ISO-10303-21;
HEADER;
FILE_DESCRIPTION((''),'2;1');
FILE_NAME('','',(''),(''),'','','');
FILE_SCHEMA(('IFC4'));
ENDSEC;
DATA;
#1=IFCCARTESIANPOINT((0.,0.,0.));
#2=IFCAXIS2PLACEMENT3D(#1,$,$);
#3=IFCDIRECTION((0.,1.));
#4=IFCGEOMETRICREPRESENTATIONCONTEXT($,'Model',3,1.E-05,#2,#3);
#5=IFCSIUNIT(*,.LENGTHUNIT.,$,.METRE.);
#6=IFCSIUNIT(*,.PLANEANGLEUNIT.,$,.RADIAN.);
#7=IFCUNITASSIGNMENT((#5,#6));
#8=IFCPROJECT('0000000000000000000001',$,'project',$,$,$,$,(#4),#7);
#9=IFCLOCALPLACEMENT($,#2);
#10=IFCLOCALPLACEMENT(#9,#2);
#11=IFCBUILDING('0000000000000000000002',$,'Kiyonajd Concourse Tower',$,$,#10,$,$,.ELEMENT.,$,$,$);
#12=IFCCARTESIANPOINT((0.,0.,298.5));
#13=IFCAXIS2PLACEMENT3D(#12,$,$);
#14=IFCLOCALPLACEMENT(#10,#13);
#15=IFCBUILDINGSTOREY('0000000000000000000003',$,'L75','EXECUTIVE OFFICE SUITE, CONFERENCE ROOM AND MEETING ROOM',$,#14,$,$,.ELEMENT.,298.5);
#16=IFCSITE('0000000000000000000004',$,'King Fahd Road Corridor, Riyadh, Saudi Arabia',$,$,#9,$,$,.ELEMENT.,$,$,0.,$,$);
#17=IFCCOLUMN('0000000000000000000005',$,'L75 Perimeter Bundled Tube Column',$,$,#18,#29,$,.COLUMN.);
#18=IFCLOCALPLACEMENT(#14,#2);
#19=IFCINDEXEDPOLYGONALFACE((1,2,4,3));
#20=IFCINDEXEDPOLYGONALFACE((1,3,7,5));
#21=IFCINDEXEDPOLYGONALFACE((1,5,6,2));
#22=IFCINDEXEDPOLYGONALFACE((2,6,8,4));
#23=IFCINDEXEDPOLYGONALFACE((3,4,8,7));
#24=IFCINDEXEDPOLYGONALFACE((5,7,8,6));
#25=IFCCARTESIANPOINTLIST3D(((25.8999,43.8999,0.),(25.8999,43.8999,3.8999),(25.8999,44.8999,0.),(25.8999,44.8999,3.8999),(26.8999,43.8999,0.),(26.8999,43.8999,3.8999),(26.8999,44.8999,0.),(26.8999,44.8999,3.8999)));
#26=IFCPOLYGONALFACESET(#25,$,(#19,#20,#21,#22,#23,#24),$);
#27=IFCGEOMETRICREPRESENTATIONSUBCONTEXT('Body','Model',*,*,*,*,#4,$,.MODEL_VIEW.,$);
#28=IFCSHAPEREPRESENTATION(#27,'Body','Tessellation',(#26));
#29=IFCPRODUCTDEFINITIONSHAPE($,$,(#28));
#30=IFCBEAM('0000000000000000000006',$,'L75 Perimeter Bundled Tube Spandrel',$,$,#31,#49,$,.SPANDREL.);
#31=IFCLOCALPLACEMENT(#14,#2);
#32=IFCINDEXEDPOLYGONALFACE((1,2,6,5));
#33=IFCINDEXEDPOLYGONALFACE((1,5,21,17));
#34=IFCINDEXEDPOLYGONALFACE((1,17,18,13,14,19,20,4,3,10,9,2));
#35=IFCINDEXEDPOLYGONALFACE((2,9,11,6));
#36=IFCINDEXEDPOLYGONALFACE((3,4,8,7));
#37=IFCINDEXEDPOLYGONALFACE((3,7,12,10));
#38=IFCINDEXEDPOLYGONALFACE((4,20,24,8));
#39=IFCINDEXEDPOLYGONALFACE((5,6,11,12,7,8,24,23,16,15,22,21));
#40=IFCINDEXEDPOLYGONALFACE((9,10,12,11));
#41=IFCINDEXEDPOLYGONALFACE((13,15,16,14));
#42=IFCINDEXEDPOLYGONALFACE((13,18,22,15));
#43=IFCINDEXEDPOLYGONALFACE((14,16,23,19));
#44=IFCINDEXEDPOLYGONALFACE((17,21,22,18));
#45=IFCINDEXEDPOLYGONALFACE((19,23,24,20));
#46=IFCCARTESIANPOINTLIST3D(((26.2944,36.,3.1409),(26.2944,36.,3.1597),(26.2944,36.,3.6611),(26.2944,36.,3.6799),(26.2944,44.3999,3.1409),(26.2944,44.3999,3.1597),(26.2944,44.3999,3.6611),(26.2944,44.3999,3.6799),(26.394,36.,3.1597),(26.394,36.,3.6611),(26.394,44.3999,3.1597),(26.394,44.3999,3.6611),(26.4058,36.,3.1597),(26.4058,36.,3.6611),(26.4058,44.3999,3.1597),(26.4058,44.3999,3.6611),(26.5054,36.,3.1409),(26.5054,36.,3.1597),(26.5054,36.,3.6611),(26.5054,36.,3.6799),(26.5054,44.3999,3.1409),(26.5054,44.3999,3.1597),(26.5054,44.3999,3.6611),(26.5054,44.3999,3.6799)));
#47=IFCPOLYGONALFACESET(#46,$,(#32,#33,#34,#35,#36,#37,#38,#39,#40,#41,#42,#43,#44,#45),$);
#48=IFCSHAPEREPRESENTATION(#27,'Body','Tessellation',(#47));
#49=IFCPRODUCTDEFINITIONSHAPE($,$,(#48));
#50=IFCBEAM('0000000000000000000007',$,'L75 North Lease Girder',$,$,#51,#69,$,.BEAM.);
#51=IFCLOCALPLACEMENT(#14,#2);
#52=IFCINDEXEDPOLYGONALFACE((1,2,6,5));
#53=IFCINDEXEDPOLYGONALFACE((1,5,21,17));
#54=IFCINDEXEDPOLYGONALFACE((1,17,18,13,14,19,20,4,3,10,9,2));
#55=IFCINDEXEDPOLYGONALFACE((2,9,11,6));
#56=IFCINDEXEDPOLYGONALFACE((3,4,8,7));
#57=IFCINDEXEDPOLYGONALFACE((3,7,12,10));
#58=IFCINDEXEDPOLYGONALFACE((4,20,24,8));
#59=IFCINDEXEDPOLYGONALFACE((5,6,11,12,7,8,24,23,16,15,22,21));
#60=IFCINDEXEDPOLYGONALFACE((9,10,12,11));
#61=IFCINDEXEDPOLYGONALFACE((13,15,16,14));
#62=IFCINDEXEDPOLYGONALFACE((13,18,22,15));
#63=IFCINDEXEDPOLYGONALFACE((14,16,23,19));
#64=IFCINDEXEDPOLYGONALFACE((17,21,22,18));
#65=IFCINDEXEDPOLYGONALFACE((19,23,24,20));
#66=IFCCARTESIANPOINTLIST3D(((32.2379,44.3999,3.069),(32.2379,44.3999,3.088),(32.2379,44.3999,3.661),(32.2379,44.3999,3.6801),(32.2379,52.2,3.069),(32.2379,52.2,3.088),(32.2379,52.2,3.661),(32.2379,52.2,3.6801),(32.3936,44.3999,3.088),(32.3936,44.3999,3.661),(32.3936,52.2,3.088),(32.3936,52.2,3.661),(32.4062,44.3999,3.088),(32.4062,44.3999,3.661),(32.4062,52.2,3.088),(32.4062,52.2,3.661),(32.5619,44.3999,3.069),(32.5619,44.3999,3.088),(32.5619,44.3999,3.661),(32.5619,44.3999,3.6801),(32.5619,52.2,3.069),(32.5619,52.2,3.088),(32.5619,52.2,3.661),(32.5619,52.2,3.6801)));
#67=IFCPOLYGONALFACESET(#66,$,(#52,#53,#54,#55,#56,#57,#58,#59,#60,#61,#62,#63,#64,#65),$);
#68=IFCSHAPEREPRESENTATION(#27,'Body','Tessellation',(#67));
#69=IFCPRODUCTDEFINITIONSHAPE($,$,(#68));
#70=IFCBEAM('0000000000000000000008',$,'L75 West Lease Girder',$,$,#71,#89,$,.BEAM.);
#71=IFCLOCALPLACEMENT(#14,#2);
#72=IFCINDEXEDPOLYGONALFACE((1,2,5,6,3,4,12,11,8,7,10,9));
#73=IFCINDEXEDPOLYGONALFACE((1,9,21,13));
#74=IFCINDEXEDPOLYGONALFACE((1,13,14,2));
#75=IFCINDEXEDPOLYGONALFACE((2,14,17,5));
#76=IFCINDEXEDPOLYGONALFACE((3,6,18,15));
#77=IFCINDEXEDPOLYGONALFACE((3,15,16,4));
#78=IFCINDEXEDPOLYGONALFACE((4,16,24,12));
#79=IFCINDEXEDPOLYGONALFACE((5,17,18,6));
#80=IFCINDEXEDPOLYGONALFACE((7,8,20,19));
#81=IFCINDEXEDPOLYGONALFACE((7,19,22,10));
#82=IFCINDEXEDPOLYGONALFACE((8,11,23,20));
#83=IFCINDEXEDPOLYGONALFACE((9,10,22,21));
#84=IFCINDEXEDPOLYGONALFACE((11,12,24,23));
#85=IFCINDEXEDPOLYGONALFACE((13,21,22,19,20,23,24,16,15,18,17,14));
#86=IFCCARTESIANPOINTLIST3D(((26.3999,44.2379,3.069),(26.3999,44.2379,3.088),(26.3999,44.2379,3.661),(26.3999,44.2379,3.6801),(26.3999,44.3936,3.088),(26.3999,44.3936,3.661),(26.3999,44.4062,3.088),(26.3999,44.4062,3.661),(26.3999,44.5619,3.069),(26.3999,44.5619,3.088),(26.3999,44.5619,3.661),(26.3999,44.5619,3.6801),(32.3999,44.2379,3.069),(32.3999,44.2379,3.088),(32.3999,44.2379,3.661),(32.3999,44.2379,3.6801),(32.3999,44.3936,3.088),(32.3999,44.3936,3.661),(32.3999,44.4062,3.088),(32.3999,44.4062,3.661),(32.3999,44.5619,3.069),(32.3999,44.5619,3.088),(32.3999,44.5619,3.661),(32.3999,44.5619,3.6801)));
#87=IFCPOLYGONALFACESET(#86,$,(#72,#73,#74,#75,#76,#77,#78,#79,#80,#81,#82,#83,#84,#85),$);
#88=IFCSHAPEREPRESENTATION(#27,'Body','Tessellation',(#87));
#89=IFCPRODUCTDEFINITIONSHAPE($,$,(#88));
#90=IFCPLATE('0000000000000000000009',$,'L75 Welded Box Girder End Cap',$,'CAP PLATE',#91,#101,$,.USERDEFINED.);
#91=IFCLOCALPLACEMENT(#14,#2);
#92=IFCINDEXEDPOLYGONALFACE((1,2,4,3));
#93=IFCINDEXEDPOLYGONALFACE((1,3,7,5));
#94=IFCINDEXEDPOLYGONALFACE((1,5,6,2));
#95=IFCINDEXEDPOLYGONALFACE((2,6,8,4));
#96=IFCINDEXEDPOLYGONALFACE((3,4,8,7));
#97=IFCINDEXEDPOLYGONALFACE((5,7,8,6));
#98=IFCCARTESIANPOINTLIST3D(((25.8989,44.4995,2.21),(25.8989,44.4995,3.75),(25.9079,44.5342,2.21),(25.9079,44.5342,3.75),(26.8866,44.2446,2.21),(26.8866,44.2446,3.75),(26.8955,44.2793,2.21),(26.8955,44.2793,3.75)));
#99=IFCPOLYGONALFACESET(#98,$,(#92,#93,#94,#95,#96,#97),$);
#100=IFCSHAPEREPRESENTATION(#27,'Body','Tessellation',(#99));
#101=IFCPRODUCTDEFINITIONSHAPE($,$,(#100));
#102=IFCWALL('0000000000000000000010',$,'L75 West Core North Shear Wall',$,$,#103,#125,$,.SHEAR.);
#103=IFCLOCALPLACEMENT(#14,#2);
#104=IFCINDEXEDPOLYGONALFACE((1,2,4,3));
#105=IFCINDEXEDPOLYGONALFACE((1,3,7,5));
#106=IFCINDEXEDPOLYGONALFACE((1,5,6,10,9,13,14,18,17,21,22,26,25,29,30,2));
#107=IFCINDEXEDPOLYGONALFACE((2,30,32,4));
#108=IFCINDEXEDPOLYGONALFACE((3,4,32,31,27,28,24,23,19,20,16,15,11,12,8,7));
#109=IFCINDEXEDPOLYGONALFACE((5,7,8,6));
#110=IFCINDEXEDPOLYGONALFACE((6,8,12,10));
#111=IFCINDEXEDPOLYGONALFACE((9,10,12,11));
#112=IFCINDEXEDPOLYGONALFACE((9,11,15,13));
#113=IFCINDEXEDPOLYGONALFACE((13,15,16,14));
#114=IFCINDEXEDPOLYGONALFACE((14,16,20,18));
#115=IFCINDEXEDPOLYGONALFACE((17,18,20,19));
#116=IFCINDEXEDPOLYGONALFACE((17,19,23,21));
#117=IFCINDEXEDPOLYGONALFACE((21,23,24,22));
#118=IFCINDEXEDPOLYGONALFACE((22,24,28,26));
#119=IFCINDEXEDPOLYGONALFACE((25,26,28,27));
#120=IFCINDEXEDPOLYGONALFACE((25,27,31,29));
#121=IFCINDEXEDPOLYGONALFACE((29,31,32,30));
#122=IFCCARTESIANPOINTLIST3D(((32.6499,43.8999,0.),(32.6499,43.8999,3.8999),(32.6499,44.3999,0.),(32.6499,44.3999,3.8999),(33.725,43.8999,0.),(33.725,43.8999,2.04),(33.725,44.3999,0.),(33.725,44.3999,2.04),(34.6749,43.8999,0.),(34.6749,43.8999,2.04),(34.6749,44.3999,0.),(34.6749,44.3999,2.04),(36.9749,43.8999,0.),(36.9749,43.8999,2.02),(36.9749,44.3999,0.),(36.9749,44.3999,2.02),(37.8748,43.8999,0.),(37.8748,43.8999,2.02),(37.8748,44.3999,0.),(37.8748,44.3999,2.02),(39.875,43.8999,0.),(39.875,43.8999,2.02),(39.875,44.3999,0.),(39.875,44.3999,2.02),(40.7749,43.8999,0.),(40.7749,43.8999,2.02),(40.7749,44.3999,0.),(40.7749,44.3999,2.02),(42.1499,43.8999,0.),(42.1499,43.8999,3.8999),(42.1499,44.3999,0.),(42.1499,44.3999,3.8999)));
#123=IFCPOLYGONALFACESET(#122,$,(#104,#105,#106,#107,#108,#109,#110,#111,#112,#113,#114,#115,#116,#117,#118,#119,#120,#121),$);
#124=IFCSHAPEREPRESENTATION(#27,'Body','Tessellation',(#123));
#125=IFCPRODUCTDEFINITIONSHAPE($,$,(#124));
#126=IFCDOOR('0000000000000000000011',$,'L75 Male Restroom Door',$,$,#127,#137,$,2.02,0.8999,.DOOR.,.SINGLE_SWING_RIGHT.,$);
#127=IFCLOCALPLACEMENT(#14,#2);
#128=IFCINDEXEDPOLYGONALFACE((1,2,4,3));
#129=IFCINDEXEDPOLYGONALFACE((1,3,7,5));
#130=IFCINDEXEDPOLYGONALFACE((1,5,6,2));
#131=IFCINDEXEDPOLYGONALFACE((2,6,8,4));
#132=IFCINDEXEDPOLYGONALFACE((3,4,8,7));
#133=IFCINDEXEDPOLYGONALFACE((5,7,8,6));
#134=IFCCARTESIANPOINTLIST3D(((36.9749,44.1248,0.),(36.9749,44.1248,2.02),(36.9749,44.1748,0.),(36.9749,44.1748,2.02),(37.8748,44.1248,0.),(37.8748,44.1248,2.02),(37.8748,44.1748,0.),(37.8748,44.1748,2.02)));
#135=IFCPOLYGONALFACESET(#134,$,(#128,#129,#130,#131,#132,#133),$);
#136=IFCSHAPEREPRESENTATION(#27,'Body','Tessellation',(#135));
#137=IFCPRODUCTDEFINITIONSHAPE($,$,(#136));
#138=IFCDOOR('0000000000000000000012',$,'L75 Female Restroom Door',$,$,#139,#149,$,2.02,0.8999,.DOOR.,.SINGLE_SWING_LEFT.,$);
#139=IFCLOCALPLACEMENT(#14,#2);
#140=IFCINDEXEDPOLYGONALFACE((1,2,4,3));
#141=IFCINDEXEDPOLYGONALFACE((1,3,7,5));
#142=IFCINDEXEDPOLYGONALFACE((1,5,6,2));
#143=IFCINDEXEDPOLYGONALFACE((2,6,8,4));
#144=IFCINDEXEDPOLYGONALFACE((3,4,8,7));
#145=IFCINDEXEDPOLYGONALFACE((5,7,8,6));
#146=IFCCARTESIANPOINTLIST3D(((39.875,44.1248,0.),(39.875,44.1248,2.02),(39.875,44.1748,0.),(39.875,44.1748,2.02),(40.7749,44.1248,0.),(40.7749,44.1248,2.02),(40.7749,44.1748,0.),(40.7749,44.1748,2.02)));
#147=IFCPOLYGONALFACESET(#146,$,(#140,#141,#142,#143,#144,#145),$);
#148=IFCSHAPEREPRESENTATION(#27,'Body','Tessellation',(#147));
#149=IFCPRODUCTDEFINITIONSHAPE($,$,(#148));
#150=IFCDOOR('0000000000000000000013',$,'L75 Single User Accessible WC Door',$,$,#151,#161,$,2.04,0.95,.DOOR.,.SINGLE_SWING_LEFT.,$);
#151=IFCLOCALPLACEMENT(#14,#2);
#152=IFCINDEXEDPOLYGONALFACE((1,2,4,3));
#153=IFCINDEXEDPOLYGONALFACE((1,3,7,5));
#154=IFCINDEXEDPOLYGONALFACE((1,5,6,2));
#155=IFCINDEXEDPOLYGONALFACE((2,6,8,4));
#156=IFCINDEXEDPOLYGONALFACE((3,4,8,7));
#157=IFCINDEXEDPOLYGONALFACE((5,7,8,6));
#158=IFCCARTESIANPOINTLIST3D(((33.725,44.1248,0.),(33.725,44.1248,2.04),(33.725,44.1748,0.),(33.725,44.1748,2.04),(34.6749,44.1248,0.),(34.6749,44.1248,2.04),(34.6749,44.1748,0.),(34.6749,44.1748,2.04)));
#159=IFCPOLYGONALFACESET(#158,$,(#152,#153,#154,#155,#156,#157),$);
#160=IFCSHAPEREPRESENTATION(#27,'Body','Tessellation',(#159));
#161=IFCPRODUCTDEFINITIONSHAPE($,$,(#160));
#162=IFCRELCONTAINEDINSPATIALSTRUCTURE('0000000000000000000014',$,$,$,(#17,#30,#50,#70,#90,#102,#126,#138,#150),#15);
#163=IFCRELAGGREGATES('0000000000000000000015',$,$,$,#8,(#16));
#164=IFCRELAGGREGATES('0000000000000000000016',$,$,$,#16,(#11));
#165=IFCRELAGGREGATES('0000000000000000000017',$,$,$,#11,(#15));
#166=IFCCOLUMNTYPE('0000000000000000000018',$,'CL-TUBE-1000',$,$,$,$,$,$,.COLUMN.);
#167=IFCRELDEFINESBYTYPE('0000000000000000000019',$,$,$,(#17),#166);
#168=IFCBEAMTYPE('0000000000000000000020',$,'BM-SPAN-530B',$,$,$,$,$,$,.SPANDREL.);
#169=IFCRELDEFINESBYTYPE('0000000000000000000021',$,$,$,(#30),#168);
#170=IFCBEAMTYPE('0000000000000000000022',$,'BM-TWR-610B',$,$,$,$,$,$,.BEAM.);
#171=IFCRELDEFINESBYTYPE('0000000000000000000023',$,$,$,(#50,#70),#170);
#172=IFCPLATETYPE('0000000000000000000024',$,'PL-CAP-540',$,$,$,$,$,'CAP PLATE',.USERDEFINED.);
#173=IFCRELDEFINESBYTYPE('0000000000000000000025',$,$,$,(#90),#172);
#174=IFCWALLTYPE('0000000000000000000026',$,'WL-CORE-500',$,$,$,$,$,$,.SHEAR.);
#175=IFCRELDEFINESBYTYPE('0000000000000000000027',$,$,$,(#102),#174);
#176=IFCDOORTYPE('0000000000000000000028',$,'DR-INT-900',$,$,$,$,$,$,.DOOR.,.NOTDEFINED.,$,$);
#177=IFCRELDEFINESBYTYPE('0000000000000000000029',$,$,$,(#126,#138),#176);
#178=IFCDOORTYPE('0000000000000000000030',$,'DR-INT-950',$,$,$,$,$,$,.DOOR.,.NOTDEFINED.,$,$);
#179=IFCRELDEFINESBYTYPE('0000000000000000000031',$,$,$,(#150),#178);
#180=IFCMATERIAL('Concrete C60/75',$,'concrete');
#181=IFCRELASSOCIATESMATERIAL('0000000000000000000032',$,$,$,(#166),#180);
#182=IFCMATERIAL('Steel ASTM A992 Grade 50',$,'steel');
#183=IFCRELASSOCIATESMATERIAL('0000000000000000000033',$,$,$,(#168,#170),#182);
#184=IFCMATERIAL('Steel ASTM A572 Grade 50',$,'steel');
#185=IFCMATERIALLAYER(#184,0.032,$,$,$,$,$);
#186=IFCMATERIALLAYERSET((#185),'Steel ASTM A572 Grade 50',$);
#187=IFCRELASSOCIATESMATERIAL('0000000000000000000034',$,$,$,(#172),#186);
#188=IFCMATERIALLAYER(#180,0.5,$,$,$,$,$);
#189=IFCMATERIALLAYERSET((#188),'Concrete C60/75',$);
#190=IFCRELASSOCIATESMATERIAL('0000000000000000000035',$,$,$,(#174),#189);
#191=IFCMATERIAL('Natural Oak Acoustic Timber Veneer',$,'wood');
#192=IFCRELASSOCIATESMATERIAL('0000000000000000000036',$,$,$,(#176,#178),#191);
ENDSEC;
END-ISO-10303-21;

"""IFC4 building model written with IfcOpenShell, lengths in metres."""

from ifc_helpers import new_model, si_unit, direction, frame, frame_2d, origin, origin_2d, place, context, subcontext, project, spatial, rectangle, i_section, extrude, material, layer, layer_set, material_profile, profile_set, type_object, element, fill, save


model = new_model("IFC4")

# Units and contexts
model_context = context("Model", 3, precision=1e-05, world=origin(), true_north=direction((0.0, 1.0)))
body_context = subcontext(model_context, "Body", "Model", "MODEL_VIEW")
ifc_project = project(units=[si_unit("LENGTHUNIT", "METRE"), si_unit("PLANEANGLEUNIT", "RADIAN")], contexts=[model_context])

# Site, building, storey
site_placement = place(None, origin())
site = spatial("IfcSite", under=ifc_project, at=site_placement, Name="King Fahd Road Corridor, Riyadh, Saudi Arabia", CompositionType="ELEMENT", RefElevation=0.0)
building_placement = place(site_placement, origin())
building = spatial("IfcBuilding", under=site, at=building_placement, Name="Kiyonajd Concourse Tower", CompositionType="ELEMENT")
storey_placement = place(building_placement, frame((0.0, 0.0, 298.5)))
storey = spatial("IfcBuildingStorey", under=building, at=storey_placement, Name="L75", Description="EXECUTIVE OFFICE SUITE, CONFERENCE ROOM AND MEETING ROOM", CompositionType="ELEMENT", Elevation=298.5)

# Column
ifc_material_1 = material(Name="Concrete C60/75", Category="concrete")
ifc_material_profile_1 = material_profile(ifc_material_1, rectangle(XDim=1.0, YDim=1.0, at=origin_2d()), Name="RC-1000x1000")
ifc_profile_set_1 = profile_set([ifc_material_profile_1], Name="Concrete C60/75")
column_type = type_object("IfcColumnType", Name="CL-TUBE-1000", PredefinedType="COLUMN", material=ifc_profile_set_1)
column_placement = place(storey_placement, frame((26.3999, 44.3999, 0.0), z_axis=(0.0, 0.0, 1.0), x_axis=(1.0, 0.0, 0.0)))
element("IfcColumn", 1, at=column_placement, inside=storey, type_object=column_type, Name="L75 Perimeter Bundled Tube Column", PredefinedType="COLUMN", context=body_context, shape_type="SweptSolid", body=[
    extrude(rectangle(XDim=1.0, YDim=1.0, at=origin_2d()), origin(), (0.0, 0.0, 1.0), 3.8999),
])

# Beams
ifc_material_2 = material(Name="Steel ASTM A992 Grade 50", Category="steel")
ifc_material_profile_2 = material_profile(ifc_material_2, i_section(OverallWidth=0.2109, OverallDepth=0.5391, WebThickness=0.0117, FlangeThickness=0.0188, at=origin_2d()), Name="W530X109")
ifc_profile_set_2 = profile_set([ifc_material_profile_2], Name="Steel ASTM A992 Grade 50")
beam_type_1 = type_object("IfcBeamType", Name="BM-SPAN-530B", PredefinedType="SPANDREL", material=ifc_profile_set_2)
beam_1_placement = place(storey_placement, frame((26.3999, 44.3999, 3.4104), z_axis=(0.0, -1.0, 0.0), x_axis=(1.0, 0.0, 0.0)))
element("IfcBeam", 2, at=beam_1_placement, inside=storey, type_object=beam_type_1, Name="L75 Perimeter Bundled Tube Spandrel", PredefinedType="SPANDREL", context=body_context, shape_type="SweptSolid", body=[
    extrude(i_section(OverallWidth=0.2109, OverallDepth=0.5391, WebThickness=0.0117, FlangeThickness=0.0188, at=origin_2d()), origin(), (0.0, 0.0, 1.0), 8.3999),
])
ifc_material_profile_3 = material_profile(ifc_material_2, i_section(OverallWidth=0.324, OverallDepth=0.6111, WebThickness=0.0127, FlangeThickness=0.019, at=origin_2d()), Name="W610X155")
ifc_profile_set_3 = profile_set([ifc_material_profile_3], Name="Steel ASTM A992 Grade 50")
beam_type_2 = type_object("IfcBeamType", Name="BM-TWR-610B", PredefinedType="BEAM", material=ifc_profile_set_3)
beam_2_placement = place(storey_placement, frame((32.3999, 44.3999, 3.3745), z_axis=(0.0, 1.0, 0.0), x_axis=(-1.0, 0.0, 0.0)))
element("IfcBeam", 3, at=beam_2_placement, inside=storey, type_object=beam_type_2, Name="L75 North Lease Girder", PredefinedType="BEAM", context=body_context, shape_type="SweptSolid", body=[
    extrude(i_section(OverallWidth=0.324, OverallDepth=0.6111, WebThickness=0.0127, FlangeThickness=0.019, at=origin_2d()), origin(), (0.0, 0.0, 1.0), 7.8),
])
beam_3_placement = place(storey_placement, frame((26.3999, 44.3999, 3.3745), z_axis=(1.0, 0.0, 0.0), x_axis=(0.0, 1.0, 0.0)))
element("IfcBeam", 4, at=beam_3_placement, inside=storey, type_object=beam_type_2, Name="L75 West Lease Girder", PredefinedType="BEAM", context=body_context, shape_type="SweptSolid", body=[
    extrude(i_section(OverallWidth=0.324, OverallDepth=0.6111, WebThickness=0.0127, FlangeThickness=0.019, at=origin_2d()), origin(), (0.0, 0.0, 1.0), 6.0),
])

# Plate
ifc_material_3 = material(Name="Steel ASTM A572 Grade 50", Category="steel")
ifc_layer_1 = layer(ifc_material_3, 0.032)
ifc_layer_set_1 = layer_set([ifc_layer_1], Name="Steel ASTM A572 Grade 50")
plate_type = type_object("IfcPlateType", Name="PL-CAP-540", ElementType="CAP PLATE", PredefinedType="USERDEFINED", material=ifc_layer_set_1)
plate_placement = place(storey_placement, frame((26.3972, 44.3894, 2.21), z_axis=(0.0, 0.0, 1.0), x_axis=(-0.249873, -0.968279, 0.0)))
element("IfcPlate", 5, at=plate_placement, inside=storey, type_object=plate_type, Name="L75 Welded Box Girder End Cap", ObjectType="CAP PLATE", PredefinedType="USERDEFINED", context=body_context, shape_type="SweptSolid", body=[
    extrude(rectangle(XDim=0.0359, YDim=1.02, at=origin_2d()), origin(), (0.0, 0.0, 1.0), 1.54),
])

# Wall, openings, doors
ifc_layer_2 = layer(ifc_material_1, 0.5)
ifc_layer_set_2 = layer_set([ifc_layer_2], Name="Concrete C60/75")
wall_type_1 = type_object("IfcWallType", Name="WL-CORE-500", PredefinedType="SHEAR", material=ifc_layer_set_2)
wall_1_placement = place(storey_placement, frame((32.6499, 44.1499, 0.0), z_axis=(0.0, 0.0, 1.0), x_axis=(1.0, 0.0, 0.0)))
wall_1 = element("IfcWall", 6, at=wall_1_placement, inside=storey, type_object=wall_type_1, Name="L75 West Core North Shear Wall", PredefinedType="SHEAR", context=body_context, shape_type="SweptSolid", body=[
    extrude(rectangle(XDim=9.5, YDim=0.5, at=frame_2d((4.75, 0.0))), origin(), (0.0, 0.0, 1.0), 3.8999),
])
opening_1_placement = place(wall_1_placement, frame((1.075, 0.0, 0.0)))
opening_1 = element("IfcOpeningElement", 7, at=opening_1_placement, cuts=wall_1, PredefinedType="OPENING", context=body_context, shape_type="SweptSolid", body=[
    extrude(rectangle(XDim=0.95, YDim=2.04, at=frame_2d((0.4751, 1.02))), frame((0.0, 0.26, 0.0), z_axis=(0.0, -1.0, 0.0), x_axis=(1.0, 0.0, 0.0)), (0.0, 0.0, 1.0), 0.52),
])
opening_2_placement = place(wall_1_placement, frame((4.325, 0.0, 0.0)))
opening_2 = element("IfcOpeningElement", 8, at=opening_2_placement, cuts=wall_1, PredefinedType="OPENING", context=body_context, shape_type="SweptSolid", body=[
    extrude(rectangle(XDim=0.8999, YDim=2.02, at=frame_2d((0.45, 1.01))), frame((0.0, 0.26, 0.0), z_axis=(0.0, -1.0, 0.0), x_axis=(1.0, 0.0, 0.0)), (0.0, 0.0, 1.0), 0.52),
])
opening_3_placement = place(wall_1_placement, frame((7.2251, 0.0, 0.0)))
opening_3 = element("IfcOpeningElement", 9, at=opening_3_placement, cuts=wall_1, PredefinedType="OPENING", context=body_context, shape_type="SweptSolid", body=[
    extrude(rectangle(XDim=0.8999, YDim=2.02, at=frame_2d((0.45, 1.01))), frame((0.0, 0.26, 0.0), z_axis=(0.0, -1.0, 0.0), x_axis=(1.0, 0.0, 0.0)), (0.0, 0.0, 1.0), 0.52),
])
ifc_material_4 = material(Name="Natural Oak Acoustic Timber Veneer", Category="wood")
door_type_1 = type_object("IfcDoorType", Name="DR-INT-900", OperationType="NOTDEFINED", PredefinedType="DOOR", material=ifc_material_4)
door_1_placement = place(opening_2_placement, origin())
door_1 = element("IfcDoor", 10, at=door_1_placement, inside=storey, type_object=door_type_1, Name="L75 Male Restroom Door", OperationType="SINGLE_SWING_RIGHT", OverallHeight=2.02, OverallWidth=0.8999, PredefinedType="DOOR", context=body_context, shape_type="SweptSolid", body=[
    extrude(rectangle(XDim=0.8999, YDim=2.02, at=frame_2d((0.45, 1.01))), frame((0.0, 0.0249, 0.0), z_axis=(0.0, -1.0, 0.0), x_axis=(1.0, 0.0, 0.0)), (0.0, 0.0, 1.0), 0.05),
])
fill(opening_2, door_1)
door_2_placement = place(opening_3_placement, origin())
door_2 = element("IfcDoor", 11, at=door_2_placement, inside=storey, type_object=door_type_1, Name="L75 Female Restroom Door", OperationType="SINGLE_SWING_LEFT", OverallHeight=2.02, OverallWidth=0.8999, PredefinedType="DOOR", context=body_context, shape_type="SweptSolid", body=[
    extrude(rectangle(XDim=0.8999, YDim=2.02, at=frame_2d((0.45, 1.01))), frame((0.0, 0.0249, 0.0), z_axis=(0.0, -1.0, 0.0), x_axis=(1.0, 0.0, 0.0)), (0.0, 0.0, 1.0), 0.05),
])
fill(opening_3, door_2)
door_type_2 = type_object("IfcDoorType", Name="DR-INT-950", OperationType="NOTDEFINED", PredefinedType="DOOR", material=ifc_material_4)
door_3_placement = place(opening_1_placement, origin())
door_3 = element("IfcDoor", 12, at=door_3_placement, inside=storey, type_object=door_type_2, Name="L75 Single User Accessible WC Door", OperationType="SINGLE_SWING_LEFT", OverallHeight=2.04, OverallWidth=0.95, PredefinedType="DOOR", context=body_context, shape_type="SweptSolid", body=[
    extrude(rectangle(XDim=0.95, YDim=2.04, at=frame_2d((0.4751, 1.02))), frame((0.0, 0.0249, 0.0), z_axis=(0.0, -1.0, 0.0), x_axis=(1.0, 0.0, 0.0)), (0.0, 0.0, 1.0), 0.05),
])
fill(opening_1, door_3)

save(model, "model.ifc")
